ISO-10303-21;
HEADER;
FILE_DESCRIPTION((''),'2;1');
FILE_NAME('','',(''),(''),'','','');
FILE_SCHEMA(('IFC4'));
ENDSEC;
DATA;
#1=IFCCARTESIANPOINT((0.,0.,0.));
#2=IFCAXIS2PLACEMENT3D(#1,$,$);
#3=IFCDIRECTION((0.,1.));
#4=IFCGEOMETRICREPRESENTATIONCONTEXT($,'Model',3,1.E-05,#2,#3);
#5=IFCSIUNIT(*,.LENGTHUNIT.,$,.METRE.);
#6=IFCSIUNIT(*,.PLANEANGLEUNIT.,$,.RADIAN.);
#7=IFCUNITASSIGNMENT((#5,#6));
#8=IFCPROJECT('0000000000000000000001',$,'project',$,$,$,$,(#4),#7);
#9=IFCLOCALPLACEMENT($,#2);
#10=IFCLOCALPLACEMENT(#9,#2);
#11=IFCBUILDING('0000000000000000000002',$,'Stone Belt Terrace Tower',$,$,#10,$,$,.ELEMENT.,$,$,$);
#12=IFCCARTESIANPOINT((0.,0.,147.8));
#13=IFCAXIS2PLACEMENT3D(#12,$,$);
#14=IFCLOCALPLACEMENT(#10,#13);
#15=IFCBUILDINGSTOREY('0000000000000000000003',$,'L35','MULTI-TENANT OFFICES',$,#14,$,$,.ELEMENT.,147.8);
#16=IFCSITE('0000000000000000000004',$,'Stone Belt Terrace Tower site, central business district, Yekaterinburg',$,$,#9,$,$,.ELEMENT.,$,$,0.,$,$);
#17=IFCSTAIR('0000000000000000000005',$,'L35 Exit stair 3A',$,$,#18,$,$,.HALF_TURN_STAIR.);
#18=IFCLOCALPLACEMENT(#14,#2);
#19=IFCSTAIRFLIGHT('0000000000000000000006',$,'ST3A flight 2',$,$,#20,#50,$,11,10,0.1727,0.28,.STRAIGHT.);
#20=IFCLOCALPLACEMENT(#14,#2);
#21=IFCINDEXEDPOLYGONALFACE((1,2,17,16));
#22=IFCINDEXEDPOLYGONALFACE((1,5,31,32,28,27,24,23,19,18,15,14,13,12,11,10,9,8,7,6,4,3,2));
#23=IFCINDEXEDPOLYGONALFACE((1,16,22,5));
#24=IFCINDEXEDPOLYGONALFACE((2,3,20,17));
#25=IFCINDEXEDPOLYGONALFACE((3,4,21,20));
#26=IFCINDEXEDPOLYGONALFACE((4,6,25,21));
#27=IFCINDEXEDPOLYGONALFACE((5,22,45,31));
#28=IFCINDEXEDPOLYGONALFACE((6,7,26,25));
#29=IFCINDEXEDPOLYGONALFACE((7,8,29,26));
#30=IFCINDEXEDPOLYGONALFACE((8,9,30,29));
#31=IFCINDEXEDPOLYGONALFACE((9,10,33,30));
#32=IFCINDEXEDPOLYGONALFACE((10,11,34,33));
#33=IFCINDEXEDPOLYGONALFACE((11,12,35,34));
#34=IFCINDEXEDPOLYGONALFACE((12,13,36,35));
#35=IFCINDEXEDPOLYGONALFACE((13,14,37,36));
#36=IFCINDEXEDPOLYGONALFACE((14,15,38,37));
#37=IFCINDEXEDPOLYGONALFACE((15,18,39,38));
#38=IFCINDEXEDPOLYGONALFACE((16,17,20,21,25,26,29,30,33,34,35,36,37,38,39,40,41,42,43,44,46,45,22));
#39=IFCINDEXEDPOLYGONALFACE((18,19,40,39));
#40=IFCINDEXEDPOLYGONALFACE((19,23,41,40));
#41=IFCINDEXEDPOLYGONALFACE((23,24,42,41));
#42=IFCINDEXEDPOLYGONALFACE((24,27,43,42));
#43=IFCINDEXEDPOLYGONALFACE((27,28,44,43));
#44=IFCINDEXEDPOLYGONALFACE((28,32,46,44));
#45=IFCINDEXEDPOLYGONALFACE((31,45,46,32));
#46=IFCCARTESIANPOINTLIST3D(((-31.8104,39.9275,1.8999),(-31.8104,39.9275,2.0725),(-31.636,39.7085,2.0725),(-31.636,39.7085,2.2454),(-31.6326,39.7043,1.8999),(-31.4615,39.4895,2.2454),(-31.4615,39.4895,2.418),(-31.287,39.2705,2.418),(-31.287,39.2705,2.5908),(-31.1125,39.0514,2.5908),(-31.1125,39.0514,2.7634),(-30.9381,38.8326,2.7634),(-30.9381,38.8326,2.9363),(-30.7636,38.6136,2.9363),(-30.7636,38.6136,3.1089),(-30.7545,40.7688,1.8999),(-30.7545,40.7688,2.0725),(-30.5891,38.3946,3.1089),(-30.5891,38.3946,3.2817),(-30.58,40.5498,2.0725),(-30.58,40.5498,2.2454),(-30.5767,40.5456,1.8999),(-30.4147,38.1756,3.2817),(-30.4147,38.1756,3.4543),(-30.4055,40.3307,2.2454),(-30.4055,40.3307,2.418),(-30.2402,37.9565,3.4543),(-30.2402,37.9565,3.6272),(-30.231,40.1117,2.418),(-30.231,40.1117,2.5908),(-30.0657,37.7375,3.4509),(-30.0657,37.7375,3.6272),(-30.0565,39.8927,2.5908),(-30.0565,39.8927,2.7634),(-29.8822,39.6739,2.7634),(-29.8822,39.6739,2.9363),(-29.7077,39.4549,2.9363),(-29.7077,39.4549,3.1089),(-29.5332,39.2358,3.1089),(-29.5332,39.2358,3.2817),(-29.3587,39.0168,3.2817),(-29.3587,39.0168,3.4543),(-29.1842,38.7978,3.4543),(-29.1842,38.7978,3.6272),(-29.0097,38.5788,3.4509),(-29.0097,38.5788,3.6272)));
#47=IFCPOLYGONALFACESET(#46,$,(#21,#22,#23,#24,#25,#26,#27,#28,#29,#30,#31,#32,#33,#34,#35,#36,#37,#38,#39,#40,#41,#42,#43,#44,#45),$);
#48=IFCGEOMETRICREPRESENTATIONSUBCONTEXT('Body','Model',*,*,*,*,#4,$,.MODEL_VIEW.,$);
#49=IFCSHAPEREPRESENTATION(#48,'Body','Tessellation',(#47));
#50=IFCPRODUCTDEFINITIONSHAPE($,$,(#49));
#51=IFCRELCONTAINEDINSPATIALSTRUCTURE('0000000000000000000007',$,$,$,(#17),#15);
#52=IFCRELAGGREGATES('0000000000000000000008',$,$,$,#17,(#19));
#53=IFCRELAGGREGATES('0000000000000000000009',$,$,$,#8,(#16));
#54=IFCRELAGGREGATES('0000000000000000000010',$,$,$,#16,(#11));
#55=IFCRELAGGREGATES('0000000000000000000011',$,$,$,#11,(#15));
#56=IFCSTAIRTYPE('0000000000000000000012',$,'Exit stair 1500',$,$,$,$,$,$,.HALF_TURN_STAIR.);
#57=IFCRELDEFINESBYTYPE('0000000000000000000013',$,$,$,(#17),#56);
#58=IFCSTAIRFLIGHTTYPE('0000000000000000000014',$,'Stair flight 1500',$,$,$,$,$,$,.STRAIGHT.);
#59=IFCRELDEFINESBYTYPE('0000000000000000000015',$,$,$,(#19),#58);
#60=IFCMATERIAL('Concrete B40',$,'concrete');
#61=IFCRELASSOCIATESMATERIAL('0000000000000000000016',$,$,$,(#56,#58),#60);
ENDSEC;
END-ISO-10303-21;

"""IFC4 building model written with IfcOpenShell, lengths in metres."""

from ifc_helpers import new_model, si_unit, direction, frame, origin, place, context, subcontext, project, spatial, polyline, outline, extrude, material, type_object, element, aggregate, save


model = new_model("IFC4")

# Units and contexts
model_context = context("Model", 3, precision=1e-05, world=origin(), true_north=direction((0.0, 1.0)))
body_context = subcontext(model_context, "Body", "Model", "MODEL_VIEW")
ifc_project = project(units=[si_unit("LENGTHUNIT", "METRE"), si_unit("PLANEANGLEUNIT", "RADIAN")], contexts=[model_context])

# Site, building, storey
site_placement = place(None, origin())
site = spatial("IfcSite", under=ifc_project, at=site_placement, Name="Stone Belt Terrace Tower site, central business district, Yekaterinburg", CompositionType="ELEMENT", RefElevation=0.0)
building_placement = place(site_placement, origin())
building = spatial("IfcBuilding", under=site, at=building_placement, Name="Stone Belt Terrace Tower", CompositionType="ELEMENT")
storey_placement = place(building_placement, frame((0.0, 0.0, 147.8)))
storey = spatial("IfcBuildingStorey", under=building, at=storey_placement, Name="L35", Description="MULTI-TENANT OFFICES", CompositionType="ELEMENT", Elevation=147.8)

# Stair, stair flight
ifc_material_1 = material(Name="Concrete B40", Category="concrete")
stair_type = type_object("IfcStairType", Name="Exit stair 1500", PredefinedType="HALF_TURN_STAIR", material=ifc_material_1)
stair_placement = place(storey_placement, origin())
stair = element("IfcStair", 1, at=stair_placement, inside=storey, type_object=stair_type, Name="L35 Exit stair 3A", PredefinedType="HALF_TURN_STAIR")
stair_flight_type = type_object("IfcStairFlightType", Name="Stair flight 1500", PredefinedType="STRAIGHT", material=ifc_material_1)
stair_flight_placement = place(storey_placement, frame((-31.2825, 40.3481, 1.8999), z_axis=(0.0, 0.0, 1.0), x_axis=(0.623121, -0.782125, 0.0)))
stair_flight = element("IfcStairFlight", 2, at=stair_flight_placement, type_object=stair_flight_type, Name="ST3A flight 2", NumberOfRisers=11, NumberOfTreads=10, PredefinedType="STRAIGHT", RiserHeight=0.1727, TreadLength=0.28, context=body_context, shape_type="SweptSolid", body=[
    extrude(outline(polyline([(0.0, 0.0), (0.0, 0.1726), (0.28, 0.1726), (0.28, 0.3455), (0.5601, 0.3455), (0.5601, 0.5181), (0.8401, 0.5181), (0.8401, 0.6909), (1.1201, 0.6909), (1.1201, 0.8635), (1.3999, 0.8635), (1.3999, 1.0364), (1.6799, 1.0364), (1.6799, 1.209), (1.96, 1.209), (1.96, 1.3818), (2.24, 1.3818), (2.24, 1.5544), (2.52, 1.5544), (2.52, 1.7273), (2.8, 1.7273), (2.8, 1.8999), (2.8, 1.551), (0.2854, 0.0), (0.0, 0.0)])), frame((0.0, 0.675, 0.0), z_axis=(0.0, -1.0, 0.0), x_axis=(1.0, 0.0, 0.0)), (0.0, 0.0, 1.0), 1.3501),
])
aggregate(stair, [stair_flight])

save(model, "model.ifc")
